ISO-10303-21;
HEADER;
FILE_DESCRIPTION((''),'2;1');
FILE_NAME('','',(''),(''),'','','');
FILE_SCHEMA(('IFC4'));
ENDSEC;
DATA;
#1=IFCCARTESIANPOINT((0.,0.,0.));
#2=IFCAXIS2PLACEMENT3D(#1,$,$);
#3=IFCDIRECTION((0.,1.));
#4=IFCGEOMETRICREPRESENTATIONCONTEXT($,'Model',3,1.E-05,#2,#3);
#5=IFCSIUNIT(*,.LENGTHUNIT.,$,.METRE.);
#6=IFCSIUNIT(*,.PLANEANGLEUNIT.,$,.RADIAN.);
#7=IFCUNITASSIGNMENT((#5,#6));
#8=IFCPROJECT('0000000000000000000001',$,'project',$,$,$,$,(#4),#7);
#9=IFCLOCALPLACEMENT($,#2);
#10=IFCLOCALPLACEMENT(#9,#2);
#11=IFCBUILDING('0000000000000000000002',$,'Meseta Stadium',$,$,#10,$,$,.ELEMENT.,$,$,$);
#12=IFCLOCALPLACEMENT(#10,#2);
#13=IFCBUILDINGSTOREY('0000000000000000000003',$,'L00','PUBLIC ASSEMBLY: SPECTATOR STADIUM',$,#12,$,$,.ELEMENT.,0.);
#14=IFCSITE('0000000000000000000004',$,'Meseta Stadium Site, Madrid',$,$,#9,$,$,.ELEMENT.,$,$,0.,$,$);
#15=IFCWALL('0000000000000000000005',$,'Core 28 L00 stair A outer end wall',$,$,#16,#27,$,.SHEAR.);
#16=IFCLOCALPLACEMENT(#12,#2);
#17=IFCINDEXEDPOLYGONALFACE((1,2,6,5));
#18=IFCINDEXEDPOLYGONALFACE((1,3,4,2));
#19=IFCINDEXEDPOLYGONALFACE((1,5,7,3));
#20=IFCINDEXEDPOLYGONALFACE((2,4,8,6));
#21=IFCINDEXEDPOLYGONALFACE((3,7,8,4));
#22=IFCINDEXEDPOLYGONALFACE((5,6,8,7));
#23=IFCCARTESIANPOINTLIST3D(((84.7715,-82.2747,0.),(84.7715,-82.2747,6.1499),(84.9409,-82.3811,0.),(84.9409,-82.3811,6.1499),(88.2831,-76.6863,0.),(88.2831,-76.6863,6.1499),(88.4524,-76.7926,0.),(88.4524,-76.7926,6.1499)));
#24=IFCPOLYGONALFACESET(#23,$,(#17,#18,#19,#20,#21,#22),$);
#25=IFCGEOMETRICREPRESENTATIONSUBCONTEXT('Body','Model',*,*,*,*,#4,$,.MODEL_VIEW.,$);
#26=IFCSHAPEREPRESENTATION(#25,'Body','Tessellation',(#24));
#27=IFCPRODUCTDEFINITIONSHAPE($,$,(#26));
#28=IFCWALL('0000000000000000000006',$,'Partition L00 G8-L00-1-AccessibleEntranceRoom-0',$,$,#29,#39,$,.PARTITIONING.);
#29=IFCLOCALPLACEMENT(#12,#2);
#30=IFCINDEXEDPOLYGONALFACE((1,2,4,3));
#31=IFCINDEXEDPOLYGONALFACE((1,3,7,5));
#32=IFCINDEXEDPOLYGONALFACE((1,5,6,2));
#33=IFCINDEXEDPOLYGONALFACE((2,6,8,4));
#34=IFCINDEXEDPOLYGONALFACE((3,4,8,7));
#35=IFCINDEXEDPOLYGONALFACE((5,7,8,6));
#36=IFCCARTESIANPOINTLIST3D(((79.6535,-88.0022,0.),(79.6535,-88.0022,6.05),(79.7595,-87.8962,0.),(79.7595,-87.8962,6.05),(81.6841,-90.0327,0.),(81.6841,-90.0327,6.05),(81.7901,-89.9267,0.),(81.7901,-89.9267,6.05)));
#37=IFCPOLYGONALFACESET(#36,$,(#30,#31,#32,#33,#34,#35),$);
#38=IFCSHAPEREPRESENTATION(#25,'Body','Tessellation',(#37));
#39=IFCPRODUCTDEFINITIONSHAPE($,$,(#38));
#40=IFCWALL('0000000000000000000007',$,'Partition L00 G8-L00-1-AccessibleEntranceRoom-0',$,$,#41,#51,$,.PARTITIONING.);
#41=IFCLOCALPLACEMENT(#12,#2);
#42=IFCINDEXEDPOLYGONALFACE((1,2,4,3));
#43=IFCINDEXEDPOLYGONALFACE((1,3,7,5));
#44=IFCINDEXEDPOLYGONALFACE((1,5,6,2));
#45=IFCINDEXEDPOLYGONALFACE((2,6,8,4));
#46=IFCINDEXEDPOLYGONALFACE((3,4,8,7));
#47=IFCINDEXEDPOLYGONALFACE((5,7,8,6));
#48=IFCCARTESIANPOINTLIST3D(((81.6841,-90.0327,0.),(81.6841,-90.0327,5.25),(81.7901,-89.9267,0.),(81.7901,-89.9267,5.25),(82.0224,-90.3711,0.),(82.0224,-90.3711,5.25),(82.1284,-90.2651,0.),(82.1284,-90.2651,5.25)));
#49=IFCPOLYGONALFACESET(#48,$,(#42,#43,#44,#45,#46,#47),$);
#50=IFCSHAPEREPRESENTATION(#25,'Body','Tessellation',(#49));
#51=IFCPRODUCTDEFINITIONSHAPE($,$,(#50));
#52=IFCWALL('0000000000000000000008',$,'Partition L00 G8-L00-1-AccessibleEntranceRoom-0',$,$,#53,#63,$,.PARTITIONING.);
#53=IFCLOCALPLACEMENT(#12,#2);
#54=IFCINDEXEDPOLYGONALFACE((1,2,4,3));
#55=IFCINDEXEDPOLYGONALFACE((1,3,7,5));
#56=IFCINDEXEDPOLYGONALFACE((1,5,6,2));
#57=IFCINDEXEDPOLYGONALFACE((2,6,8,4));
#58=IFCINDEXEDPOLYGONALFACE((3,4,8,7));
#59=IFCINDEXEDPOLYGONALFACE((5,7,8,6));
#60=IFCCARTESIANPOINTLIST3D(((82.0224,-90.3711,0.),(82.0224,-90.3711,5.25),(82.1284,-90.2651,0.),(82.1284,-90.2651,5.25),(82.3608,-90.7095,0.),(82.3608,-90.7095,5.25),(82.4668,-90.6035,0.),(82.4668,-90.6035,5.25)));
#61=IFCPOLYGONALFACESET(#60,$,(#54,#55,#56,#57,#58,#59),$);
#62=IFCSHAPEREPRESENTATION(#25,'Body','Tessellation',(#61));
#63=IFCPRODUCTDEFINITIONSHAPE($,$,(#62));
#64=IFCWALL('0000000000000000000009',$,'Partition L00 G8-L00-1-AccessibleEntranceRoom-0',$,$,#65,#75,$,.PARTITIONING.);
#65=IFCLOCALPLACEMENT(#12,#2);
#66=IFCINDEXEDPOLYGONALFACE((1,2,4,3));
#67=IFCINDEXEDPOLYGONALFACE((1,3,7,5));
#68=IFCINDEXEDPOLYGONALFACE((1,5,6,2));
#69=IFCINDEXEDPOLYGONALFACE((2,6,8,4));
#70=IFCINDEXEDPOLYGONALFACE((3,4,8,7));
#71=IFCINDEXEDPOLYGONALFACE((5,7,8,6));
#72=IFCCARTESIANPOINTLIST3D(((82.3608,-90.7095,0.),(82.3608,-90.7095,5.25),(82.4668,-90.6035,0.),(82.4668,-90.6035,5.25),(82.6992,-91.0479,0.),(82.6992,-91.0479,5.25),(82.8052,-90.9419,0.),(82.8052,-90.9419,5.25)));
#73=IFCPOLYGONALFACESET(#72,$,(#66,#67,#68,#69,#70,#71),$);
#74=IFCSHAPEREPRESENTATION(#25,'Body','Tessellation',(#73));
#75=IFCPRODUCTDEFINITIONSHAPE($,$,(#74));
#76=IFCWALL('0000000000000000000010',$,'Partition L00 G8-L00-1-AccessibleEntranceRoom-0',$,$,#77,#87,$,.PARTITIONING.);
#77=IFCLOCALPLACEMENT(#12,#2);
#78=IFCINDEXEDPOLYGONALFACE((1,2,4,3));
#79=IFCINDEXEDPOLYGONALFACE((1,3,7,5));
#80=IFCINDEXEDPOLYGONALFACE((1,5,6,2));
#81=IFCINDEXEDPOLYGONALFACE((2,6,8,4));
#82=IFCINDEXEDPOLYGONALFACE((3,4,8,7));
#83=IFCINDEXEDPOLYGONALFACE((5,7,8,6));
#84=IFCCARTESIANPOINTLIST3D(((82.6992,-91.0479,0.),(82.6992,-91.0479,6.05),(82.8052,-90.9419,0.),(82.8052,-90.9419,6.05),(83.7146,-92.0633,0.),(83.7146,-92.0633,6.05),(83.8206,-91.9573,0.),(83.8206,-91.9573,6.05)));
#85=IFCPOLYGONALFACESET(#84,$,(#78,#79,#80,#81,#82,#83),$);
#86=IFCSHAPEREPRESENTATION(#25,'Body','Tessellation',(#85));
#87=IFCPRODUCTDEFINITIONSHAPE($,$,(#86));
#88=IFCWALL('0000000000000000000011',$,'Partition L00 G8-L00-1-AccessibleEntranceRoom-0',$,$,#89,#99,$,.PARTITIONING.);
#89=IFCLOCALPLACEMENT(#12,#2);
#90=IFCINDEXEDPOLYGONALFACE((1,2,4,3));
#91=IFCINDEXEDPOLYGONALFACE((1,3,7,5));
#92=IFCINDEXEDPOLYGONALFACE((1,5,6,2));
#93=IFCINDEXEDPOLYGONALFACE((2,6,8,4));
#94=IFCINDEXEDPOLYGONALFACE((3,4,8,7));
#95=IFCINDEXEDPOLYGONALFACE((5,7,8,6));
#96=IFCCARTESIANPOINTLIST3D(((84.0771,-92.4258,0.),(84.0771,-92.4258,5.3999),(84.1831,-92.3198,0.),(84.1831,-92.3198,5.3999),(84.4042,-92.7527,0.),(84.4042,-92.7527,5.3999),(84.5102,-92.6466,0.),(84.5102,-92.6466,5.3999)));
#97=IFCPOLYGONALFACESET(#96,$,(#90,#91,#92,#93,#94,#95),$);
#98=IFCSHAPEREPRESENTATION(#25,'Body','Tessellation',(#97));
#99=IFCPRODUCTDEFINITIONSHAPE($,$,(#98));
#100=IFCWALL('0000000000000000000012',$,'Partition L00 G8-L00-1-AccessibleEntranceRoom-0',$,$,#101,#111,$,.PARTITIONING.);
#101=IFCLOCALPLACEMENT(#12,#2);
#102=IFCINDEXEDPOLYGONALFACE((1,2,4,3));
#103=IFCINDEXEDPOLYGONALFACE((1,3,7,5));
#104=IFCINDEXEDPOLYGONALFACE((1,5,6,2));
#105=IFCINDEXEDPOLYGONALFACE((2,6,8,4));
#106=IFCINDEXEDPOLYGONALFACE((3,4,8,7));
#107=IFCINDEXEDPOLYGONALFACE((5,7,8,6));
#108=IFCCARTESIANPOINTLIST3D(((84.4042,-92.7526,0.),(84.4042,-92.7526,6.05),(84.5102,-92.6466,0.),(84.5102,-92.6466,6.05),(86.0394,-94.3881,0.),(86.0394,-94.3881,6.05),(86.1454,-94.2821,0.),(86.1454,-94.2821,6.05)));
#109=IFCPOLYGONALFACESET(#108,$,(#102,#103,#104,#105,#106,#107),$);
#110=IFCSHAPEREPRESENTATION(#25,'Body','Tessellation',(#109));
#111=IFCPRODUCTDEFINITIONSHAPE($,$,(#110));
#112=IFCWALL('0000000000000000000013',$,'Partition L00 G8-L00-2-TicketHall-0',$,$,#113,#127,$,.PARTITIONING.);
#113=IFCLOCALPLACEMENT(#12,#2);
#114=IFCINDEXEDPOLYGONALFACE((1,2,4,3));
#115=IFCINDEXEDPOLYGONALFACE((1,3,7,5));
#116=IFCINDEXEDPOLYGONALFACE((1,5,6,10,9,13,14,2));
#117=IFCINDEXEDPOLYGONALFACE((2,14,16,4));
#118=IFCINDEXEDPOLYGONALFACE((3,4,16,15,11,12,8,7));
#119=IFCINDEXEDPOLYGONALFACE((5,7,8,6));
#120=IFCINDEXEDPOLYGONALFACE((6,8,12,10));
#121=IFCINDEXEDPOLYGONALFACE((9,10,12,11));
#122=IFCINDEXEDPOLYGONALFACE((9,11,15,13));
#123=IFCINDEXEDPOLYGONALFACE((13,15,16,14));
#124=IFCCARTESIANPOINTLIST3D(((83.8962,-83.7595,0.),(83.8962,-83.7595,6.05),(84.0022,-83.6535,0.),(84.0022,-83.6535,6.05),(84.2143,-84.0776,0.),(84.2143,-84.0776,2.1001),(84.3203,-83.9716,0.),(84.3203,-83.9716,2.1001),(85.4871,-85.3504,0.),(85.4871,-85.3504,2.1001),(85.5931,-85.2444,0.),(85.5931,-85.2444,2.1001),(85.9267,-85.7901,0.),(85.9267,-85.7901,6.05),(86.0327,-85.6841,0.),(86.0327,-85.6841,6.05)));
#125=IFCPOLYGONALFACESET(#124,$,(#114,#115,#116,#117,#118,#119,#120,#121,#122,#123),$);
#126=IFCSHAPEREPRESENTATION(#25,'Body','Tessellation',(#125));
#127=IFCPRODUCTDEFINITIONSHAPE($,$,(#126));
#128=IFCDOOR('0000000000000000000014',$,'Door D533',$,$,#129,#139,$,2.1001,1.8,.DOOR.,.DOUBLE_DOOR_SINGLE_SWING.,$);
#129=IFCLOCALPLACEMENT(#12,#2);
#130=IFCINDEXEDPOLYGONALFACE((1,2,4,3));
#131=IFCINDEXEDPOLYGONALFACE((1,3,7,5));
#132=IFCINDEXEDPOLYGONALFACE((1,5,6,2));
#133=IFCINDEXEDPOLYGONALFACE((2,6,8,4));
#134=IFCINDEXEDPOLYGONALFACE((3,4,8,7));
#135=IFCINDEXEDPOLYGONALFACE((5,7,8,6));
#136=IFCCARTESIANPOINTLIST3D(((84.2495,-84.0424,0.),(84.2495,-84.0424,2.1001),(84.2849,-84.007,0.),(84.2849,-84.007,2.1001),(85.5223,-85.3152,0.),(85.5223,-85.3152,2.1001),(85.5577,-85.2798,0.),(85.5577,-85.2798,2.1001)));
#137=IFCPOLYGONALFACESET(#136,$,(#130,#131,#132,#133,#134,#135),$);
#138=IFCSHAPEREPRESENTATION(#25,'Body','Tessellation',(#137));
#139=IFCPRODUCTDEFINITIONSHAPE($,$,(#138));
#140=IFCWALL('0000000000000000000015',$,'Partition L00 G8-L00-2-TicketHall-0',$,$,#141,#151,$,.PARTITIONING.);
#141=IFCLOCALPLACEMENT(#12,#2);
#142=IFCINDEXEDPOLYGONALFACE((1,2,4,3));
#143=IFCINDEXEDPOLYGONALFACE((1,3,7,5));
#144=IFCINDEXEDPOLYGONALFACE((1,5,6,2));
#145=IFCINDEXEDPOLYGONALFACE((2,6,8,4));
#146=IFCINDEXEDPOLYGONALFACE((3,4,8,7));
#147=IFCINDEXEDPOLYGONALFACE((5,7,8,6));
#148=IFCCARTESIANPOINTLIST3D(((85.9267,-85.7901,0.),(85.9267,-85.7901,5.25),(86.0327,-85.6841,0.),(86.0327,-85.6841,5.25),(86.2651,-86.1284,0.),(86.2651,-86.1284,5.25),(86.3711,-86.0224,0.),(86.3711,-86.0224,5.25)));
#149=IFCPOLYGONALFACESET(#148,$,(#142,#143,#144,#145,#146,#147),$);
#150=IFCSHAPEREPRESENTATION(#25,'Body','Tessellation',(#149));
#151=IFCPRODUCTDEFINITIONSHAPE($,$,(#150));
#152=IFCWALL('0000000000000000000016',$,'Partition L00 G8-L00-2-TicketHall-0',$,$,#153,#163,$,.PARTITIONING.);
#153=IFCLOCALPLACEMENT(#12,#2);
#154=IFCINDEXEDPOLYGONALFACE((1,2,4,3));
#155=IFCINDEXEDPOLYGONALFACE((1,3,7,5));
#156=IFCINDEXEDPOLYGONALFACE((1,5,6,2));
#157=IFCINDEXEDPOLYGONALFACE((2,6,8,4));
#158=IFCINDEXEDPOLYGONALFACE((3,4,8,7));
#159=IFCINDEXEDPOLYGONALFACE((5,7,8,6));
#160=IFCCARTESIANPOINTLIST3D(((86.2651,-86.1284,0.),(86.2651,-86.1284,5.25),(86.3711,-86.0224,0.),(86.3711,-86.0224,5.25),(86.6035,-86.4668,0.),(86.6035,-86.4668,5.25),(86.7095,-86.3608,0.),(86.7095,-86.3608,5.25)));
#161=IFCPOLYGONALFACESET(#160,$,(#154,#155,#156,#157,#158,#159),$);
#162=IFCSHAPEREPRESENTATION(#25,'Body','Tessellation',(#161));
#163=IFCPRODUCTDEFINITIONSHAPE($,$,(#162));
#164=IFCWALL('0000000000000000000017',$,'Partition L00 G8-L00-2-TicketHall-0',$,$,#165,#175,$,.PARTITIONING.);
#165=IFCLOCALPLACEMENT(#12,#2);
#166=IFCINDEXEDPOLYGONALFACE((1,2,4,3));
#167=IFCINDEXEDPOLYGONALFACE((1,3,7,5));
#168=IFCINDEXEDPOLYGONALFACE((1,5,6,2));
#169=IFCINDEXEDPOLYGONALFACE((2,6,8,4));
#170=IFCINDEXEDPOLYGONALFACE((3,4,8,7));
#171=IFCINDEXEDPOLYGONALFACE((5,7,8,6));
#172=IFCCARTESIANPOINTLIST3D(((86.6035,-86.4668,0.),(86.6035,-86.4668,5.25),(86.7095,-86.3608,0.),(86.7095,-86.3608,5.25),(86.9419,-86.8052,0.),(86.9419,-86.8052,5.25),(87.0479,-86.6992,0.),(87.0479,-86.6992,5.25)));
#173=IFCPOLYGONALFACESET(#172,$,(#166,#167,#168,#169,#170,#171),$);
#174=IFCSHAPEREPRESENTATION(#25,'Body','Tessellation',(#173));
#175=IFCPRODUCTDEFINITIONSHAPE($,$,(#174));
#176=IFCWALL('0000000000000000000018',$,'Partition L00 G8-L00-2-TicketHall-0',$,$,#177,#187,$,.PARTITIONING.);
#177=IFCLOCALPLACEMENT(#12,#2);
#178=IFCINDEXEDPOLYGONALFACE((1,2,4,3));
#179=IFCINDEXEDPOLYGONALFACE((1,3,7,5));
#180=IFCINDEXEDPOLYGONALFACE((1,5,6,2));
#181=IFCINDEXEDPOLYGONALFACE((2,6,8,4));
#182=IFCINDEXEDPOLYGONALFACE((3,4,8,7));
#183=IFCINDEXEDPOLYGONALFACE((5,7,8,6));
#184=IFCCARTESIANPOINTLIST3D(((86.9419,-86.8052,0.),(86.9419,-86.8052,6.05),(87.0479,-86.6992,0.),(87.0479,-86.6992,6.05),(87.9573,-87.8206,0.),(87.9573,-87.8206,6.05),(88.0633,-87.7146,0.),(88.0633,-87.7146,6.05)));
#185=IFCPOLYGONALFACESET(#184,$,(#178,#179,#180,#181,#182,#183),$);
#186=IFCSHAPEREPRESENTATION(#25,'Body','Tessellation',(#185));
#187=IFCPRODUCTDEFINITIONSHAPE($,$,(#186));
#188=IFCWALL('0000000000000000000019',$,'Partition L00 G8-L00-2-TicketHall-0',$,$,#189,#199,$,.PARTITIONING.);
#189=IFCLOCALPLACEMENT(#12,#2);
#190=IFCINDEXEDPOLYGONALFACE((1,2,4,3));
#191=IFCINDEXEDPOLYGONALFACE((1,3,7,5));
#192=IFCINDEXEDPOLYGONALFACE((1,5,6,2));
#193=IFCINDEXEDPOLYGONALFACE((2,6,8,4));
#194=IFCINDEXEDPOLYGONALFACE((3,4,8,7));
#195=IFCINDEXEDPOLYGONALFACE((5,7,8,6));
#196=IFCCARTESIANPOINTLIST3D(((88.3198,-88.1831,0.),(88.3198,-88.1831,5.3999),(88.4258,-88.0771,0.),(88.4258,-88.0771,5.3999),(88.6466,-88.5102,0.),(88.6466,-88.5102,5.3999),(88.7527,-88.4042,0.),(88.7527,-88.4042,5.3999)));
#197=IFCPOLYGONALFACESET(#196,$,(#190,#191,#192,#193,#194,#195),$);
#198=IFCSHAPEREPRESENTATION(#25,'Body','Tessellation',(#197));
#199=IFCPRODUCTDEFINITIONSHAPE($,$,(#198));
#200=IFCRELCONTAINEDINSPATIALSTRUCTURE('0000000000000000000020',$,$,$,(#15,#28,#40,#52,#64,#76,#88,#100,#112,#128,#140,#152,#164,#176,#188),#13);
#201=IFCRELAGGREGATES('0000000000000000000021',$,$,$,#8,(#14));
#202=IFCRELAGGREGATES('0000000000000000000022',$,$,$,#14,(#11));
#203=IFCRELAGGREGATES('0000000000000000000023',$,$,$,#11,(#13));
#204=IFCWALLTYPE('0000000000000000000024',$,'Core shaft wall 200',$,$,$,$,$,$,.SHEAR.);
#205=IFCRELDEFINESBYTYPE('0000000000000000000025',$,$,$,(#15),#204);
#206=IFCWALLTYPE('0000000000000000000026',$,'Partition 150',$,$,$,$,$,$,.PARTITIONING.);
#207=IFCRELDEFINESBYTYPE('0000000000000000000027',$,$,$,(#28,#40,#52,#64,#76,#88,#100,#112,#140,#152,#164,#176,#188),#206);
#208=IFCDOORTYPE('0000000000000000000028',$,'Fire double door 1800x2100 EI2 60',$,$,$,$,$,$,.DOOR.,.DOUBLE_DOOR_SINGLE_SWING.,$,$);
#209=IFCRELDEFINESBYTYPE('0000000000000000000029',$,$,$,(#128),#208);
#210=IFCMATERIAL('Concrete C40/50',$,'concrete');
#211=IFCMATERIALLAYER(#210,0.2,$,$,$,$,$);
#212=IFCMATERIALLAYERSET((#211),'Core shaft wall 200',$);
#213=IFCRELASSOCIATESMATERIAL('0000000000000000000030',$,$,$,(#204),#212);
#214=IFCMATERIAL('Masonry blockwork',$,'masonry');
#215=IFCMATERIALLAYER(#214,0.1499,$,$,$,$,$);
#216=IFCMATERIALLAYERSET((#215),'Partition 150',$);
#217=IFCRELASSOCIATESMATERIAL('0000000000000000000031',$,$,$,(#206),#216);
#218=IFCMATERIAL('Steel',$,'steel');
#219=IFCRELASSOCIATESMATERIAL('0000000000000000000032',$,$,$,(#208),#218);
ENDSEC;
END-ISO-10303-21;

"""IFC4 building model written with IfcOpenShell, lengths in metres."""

from ifc_helpers import new_model, si_unit, direction, frame, frame_2d, origin, place, context, subcontext, project, spatial, rectangle, extrude, material, layer, layer_set, type_object, element, fill, save


model = new_model("IFC4")

# Units and contexts
model_context = context("Model", 3, precision=1e-05, world=origin(), true_north=direction((0.0, 1.0)))
body_context = subcontext(model_context, "Body", "Model", "MODEL_VIEW")
ifc_project = project(units=[si_unit("LENGTHUNIT", "METRE"), si_unit("PLANEANGLEUNIT", "RADIAN")], contexts=[model_context])

# Site, building, storey
site_placement = place(None, origin())
site = spatial("IfcSite", under=ifc_project, at=site_placement, Name="Meseta Stadium Site, Madrid", CompositionType="ELEMENT", RefElevation=0.0)
building_placement = place(site_placement, origin())
building = spatial("IfcBuilding", under=site, at=building_placement, Name="Meseta Stadium", CompositionType="ELEMENT")
storey_placement = place(building_placement, origin())
storey = spatial("IfcBuildingStorey", under=building, at=storey_placement, Name="L00", Description="PUBLIC ASSEMBLY: SPECTATOR STADIUM", CompositionType="ELEMENT", Elevation=0.0)

# Walls
ifc_material_1 = material(Name="Concrete C40/50", Category="concrete")
ifc_layer_1 = layer(ifc_material_1, 0.2)
ifc_layer_set_1 = layer_set([ifc_layer_1], Name="Core shaft wall 200")
wall_type_1 = type_object("IfcWallType", Name="Core shaft wall 200", PredefinedType="SHEAR", material=ifc_layer_set_1)
wall_1_placement = place(storey_placement, frame((84.8562, -82.3279, 0.0), z_axis=(0.0, 0.0, 1.0), x_axis=(0.532039, 0.84672, 0.0)))
element("IfcWall", 1, at=wall_1_placement, inside=storey, type_object=wall_type_1, Name="Core 28 L00 stair A outer end wall", PredefinedType="SHEAR", context=body_context, shape_type="SweptSolid", body=[
    extrude(rectangle(XDim=6.6001, YDim=0.2, at=frame_2d((3.3, 0.0))), origin(), (0.0, 0.0, 1.0), 6.1499),
])
ifc_material_2 = material(Name="Masonry blockwork", Category="masonry")
ifc_layer_2 = layer(ifc_material_2, 0.1499)
ifc_layer_set_2 = layer_set([ifc_layer_2], Name="Partition 150")
wall_type_2 = type_object("IfcWallType", Name="Partition 150", PredefinedType="PARTITIONING", material=ifc_layer_set_2)
wall_2_placement = place(storey_placement, frame((79.7065, -87.9492, 0.0), z_axis=(0.0, 0.0, 1.0), x_axis=(0.707107, -0.707107, 0.0)))
element("IfcWall", 2, at=wall_2_placement, inside=storey, type_object=wall_type_2, Name="Partition L00 G8-L00-1-AccessibleEntranceRoom-0", PredefinedType="PARTITIONING", context=body_context, shape_type="SweptSolid", body=[
    extrude(rectangle(XDim=2.8716, YDim=0.1499, at=frame_2d((1.4358, 0.0))), origin(), (0.0, 0.0, 1.0), 6.05),
])
for number, where, z_axis, x_axis, name in (
    (3, (81.7371, -89.9797, 0.0), (0.0, 0.0, 1.0), (0.707107, -0.707107, 0.0), "Partition L00 G8-L00-1-AccessibleEntranceRoom-0"),
    (4, (82.0754, -90.3181, 0.0), (0.0, 0.0, 1.0), (0.707107, -0.707107, 0.0), "Partition L00 G8-L00-1-AccessibleEntranceRoom-0"),
    (5, (82.4138, -90.6565, 0.0), (0.0, 0.0, 1.0), (0.707107, -0.707107, 0.0), "Partition L00 G8-L00-1-AccessibleEntranceRoom-0"),
):
    element("IfcWall", number, at=place(storey_placement, frame(where, z_axis=z_axis, x_axis=x_axis)), inside=storey, type_object=wall_type_2, Name=name, PredefinedType="PARTITIONING", context=body_context, shape_type="SweptSolid", body=[
        extrude(rectangle(XDim=0.4785, YDim=0.1499, at=frame_2d((0.2393, 0.0))), origin(), (0.0, 0.0, 1.0), 5.25),
    ])
wall_3_placement = place(storey_placement, frame((82.7522, -90.9949, 0.0), z_axis=(0.0, 0.0, 1.0), x_axis=(0.707107, -0.707107, 0.0)))
element("IfcWall", 6, at=wall_3_placement, inside=storey, type_object=wall_type_2, Name="Partition L00 G8-L00-1-AccessibleEntranceRoom-0", PredefinedType="PARTITIONING", context=body_context, shape_type="SweptSolid", body=[
    extrude(rectangle(XDim=1.436, YDim=0.1499, at=frame_2d((0.718, 0.0))), origin(), (0.0, 0.0, 1.0), 6.05),
])
wall_4_placement = place(storey_placement, frame((84.1301, -92.3728, 0.0), z_axis=(0.0, 0.0, 1.0), x_axis=(0.707371, -0.706843, 0.0)))
element("IfcWall", 7, at=wall_4_placement, inside=storey, type_object=wall_type_2, Name="Partition L00 G8-L00-1-AccessibleEntranceRoom-0", PredefinedType="PARTITIONING", context=body_context, shape_type="SweptSolid", body=[
    extrude(rectangle(XDim=0.4624, YDim=0.1499, at=frame_2d((0.2312, 0.0))), origin(), (0.0, 0.0, 1.0), 5.3999),
])
wall_5_placement = place(storey_placement, frame((84.4573, -92.6997, 0.0), z_axis=(0.0, 0.0, 1.0), x_axis=(0.707054, -0.70716, 0.0)))
element("IfcWall", 8, at=wall_5_placement, inside=storey, type_object=wall_type_2, Name="Partition L00 G8-L00-1-AccessibleEntranceRoom-0", PredefinedType="PARTITIONING", context=body_context, shape_type="SweptSolid", body=[
    extrude(rectangle(XDim=2.3127, YDim=0.1499, at=frame_2d((1.1562, 0.0))), origin(), (0.0, 0.0, 1.0), 6.05),
])

# Wall, opening, door
wall_6_placement = place(storey_placement, frame((83.9492, -83.7065, 0.0), z_axis=(0.0, 0.0, 1.0), x_axis=(0.707107, -0.707107, 0.0)))
wall_6 = element("IfcWall", 9, at=wall_6_placement, inside=storey, type_object=wall_type_2, Name="Partition L00 G8-L00-2-TicketHall-0", PredefinedType="PARTITIONING", context=body_context, shape_type="SweptSolid", body=[
    extrude(rectangle(XDim=2.8716, YDim=0.1499, at=frame_2d((1.4358, 0.0))), origin(), (0.0, 0.0, 1.0), 6.05),
])
opening_1_placement = place(wall_6_placement, frame((0.45, 0.0, 0.0)))
opening_1 = element("IfcOpeningElement", 10, at=opening_1_placement, cuts=wall_6, PredefinedType="OPENING", context=body_context, shape_type="SweptSolid", body=[
    extrude(rectangle(XDim=1.8, YDim=2.1001, at=frame_2d((0.8999, 1.05))), frame((0.0, 0.085, 0.0), z_axis=(0.0, -1.0, 0.0), x_axis=(1.0, 0.0, 0.0)), (0.0, 0.0, 1.0), 0.1699),
])
ifc_material_3 = material(Name="Steel", Category="steel")
door_type_1 = type_object("IfcDoorType", Name="Fire double door 1800x2100 EI2 60", OperationType="DOUBLE_DOOR_SINGLE_SWING", PredefinedType="DOOR", material=ifc_material_3)
door_1_placement = place(opening_1_placement, origin())
door_1 = element("IfcDoor", 11, at=door_1_placement, inside=storey, type_object=door_type_1, Name="Door D533", OperationType="DOUBLE_DOOR_SINGLE_SWING", OverallHeight=2.1001, OverallWidth=1.8, PredefinedType="DOOR", context=body_context, shape_type="SweptSolid", body=[
    extrude(rectangle(XDim=1.8, YDim=2.1001, at=frame_2d((0.8999, 1.05))), frame((0.0, 0.0249, 0.0), z_axis=(0.0, -1.0, 0.0), x_axis=(1.0, 0.0, 0.0)), (0.0, 0.0, 1.0), 0.05),
])
fill(opening_1, door_1)

# Walls
for number, where, z_axis, x_axis, name in (
    (12, (85.9797, -85.7371, 0.0), (0.0, 0.0, 1.0), (0.707107, -0.707107, 0.0), "Partition L00 G8-L00-2-TicketHall-0"),
    (13, (86.3181, -86.0754, 0.0), (0.0, 0.0, 1.0), (0.707107, -0.707107, 0.0), "Partition L00 G8-L00-2-TicketHall-0"),
    (14, (86.6565, -86.4138, 0.0), (0.0, 0.0, 1.0), (0.707107, -0.707107, 0.0), "Partition L00 G8-L00-2-TicketHall-0"),
):
    element("IfcWall", number, at=place(storey_placement, frame(where, z_axis=z_axis, x_axis=x_axis)), inside=storey, type_object=wall_type_2, Name=name, PredefinedType="PARTITIONING", context=body_context, shape_type="SweptSolid", body=[
        extrude(rectangle(XDim=0.4785, YDim=0.1499, at=frame_2d((0.2393, 0.0))), origin(), (0.0, 0.0, 1.0), 5.25),
    ])
wall_7_placement = place(storey_placement, frame((86.9949, -86.7522, 0.0), z_axis=(0.0, 0.0, 1.0), x_axis=(0.707107, -0.707107, 0.0)))
element("IfcWall", 15, at=wall_7_placement, inside=storey, type_object=wall_type_2, Name="Partition L00 G8-L00-2-TicketHall-0", PredefinedType="PARTITIONING", context=body_context, shape_type="SweptSolid", body=[
    extrude(rectangle(XDim=1.436, YDim=0.1499, at=frame_2d((0.718, 0.0))), origin(), (0.0, 0.0, 1.0), 6.05),
])
wall_8_placement = place(storey_placement, frame((88.3728, -88.1301, 0.0), z_axis=(0.0, 0.0, 1.0), x_axis=(0.706843, -0.707371, 0.0)))
element("IfcWall", 16, at=wall_8_placement, inside=storey, type_object=wall_type_2, Name="Partition L00 G8-L00-2-TicketHall-0", PredefinedType="PARTITIONING", context=body_context, shape_type="SweptSolid", body=[
    extrude(rectangle(XDim=0.4624, YDim=0.1499, at=frame_2d((0.2312, 0.0))), origin(), (0.0, 0.0, 1.0), 5.3999),
])

save(model, "model.ifc")
